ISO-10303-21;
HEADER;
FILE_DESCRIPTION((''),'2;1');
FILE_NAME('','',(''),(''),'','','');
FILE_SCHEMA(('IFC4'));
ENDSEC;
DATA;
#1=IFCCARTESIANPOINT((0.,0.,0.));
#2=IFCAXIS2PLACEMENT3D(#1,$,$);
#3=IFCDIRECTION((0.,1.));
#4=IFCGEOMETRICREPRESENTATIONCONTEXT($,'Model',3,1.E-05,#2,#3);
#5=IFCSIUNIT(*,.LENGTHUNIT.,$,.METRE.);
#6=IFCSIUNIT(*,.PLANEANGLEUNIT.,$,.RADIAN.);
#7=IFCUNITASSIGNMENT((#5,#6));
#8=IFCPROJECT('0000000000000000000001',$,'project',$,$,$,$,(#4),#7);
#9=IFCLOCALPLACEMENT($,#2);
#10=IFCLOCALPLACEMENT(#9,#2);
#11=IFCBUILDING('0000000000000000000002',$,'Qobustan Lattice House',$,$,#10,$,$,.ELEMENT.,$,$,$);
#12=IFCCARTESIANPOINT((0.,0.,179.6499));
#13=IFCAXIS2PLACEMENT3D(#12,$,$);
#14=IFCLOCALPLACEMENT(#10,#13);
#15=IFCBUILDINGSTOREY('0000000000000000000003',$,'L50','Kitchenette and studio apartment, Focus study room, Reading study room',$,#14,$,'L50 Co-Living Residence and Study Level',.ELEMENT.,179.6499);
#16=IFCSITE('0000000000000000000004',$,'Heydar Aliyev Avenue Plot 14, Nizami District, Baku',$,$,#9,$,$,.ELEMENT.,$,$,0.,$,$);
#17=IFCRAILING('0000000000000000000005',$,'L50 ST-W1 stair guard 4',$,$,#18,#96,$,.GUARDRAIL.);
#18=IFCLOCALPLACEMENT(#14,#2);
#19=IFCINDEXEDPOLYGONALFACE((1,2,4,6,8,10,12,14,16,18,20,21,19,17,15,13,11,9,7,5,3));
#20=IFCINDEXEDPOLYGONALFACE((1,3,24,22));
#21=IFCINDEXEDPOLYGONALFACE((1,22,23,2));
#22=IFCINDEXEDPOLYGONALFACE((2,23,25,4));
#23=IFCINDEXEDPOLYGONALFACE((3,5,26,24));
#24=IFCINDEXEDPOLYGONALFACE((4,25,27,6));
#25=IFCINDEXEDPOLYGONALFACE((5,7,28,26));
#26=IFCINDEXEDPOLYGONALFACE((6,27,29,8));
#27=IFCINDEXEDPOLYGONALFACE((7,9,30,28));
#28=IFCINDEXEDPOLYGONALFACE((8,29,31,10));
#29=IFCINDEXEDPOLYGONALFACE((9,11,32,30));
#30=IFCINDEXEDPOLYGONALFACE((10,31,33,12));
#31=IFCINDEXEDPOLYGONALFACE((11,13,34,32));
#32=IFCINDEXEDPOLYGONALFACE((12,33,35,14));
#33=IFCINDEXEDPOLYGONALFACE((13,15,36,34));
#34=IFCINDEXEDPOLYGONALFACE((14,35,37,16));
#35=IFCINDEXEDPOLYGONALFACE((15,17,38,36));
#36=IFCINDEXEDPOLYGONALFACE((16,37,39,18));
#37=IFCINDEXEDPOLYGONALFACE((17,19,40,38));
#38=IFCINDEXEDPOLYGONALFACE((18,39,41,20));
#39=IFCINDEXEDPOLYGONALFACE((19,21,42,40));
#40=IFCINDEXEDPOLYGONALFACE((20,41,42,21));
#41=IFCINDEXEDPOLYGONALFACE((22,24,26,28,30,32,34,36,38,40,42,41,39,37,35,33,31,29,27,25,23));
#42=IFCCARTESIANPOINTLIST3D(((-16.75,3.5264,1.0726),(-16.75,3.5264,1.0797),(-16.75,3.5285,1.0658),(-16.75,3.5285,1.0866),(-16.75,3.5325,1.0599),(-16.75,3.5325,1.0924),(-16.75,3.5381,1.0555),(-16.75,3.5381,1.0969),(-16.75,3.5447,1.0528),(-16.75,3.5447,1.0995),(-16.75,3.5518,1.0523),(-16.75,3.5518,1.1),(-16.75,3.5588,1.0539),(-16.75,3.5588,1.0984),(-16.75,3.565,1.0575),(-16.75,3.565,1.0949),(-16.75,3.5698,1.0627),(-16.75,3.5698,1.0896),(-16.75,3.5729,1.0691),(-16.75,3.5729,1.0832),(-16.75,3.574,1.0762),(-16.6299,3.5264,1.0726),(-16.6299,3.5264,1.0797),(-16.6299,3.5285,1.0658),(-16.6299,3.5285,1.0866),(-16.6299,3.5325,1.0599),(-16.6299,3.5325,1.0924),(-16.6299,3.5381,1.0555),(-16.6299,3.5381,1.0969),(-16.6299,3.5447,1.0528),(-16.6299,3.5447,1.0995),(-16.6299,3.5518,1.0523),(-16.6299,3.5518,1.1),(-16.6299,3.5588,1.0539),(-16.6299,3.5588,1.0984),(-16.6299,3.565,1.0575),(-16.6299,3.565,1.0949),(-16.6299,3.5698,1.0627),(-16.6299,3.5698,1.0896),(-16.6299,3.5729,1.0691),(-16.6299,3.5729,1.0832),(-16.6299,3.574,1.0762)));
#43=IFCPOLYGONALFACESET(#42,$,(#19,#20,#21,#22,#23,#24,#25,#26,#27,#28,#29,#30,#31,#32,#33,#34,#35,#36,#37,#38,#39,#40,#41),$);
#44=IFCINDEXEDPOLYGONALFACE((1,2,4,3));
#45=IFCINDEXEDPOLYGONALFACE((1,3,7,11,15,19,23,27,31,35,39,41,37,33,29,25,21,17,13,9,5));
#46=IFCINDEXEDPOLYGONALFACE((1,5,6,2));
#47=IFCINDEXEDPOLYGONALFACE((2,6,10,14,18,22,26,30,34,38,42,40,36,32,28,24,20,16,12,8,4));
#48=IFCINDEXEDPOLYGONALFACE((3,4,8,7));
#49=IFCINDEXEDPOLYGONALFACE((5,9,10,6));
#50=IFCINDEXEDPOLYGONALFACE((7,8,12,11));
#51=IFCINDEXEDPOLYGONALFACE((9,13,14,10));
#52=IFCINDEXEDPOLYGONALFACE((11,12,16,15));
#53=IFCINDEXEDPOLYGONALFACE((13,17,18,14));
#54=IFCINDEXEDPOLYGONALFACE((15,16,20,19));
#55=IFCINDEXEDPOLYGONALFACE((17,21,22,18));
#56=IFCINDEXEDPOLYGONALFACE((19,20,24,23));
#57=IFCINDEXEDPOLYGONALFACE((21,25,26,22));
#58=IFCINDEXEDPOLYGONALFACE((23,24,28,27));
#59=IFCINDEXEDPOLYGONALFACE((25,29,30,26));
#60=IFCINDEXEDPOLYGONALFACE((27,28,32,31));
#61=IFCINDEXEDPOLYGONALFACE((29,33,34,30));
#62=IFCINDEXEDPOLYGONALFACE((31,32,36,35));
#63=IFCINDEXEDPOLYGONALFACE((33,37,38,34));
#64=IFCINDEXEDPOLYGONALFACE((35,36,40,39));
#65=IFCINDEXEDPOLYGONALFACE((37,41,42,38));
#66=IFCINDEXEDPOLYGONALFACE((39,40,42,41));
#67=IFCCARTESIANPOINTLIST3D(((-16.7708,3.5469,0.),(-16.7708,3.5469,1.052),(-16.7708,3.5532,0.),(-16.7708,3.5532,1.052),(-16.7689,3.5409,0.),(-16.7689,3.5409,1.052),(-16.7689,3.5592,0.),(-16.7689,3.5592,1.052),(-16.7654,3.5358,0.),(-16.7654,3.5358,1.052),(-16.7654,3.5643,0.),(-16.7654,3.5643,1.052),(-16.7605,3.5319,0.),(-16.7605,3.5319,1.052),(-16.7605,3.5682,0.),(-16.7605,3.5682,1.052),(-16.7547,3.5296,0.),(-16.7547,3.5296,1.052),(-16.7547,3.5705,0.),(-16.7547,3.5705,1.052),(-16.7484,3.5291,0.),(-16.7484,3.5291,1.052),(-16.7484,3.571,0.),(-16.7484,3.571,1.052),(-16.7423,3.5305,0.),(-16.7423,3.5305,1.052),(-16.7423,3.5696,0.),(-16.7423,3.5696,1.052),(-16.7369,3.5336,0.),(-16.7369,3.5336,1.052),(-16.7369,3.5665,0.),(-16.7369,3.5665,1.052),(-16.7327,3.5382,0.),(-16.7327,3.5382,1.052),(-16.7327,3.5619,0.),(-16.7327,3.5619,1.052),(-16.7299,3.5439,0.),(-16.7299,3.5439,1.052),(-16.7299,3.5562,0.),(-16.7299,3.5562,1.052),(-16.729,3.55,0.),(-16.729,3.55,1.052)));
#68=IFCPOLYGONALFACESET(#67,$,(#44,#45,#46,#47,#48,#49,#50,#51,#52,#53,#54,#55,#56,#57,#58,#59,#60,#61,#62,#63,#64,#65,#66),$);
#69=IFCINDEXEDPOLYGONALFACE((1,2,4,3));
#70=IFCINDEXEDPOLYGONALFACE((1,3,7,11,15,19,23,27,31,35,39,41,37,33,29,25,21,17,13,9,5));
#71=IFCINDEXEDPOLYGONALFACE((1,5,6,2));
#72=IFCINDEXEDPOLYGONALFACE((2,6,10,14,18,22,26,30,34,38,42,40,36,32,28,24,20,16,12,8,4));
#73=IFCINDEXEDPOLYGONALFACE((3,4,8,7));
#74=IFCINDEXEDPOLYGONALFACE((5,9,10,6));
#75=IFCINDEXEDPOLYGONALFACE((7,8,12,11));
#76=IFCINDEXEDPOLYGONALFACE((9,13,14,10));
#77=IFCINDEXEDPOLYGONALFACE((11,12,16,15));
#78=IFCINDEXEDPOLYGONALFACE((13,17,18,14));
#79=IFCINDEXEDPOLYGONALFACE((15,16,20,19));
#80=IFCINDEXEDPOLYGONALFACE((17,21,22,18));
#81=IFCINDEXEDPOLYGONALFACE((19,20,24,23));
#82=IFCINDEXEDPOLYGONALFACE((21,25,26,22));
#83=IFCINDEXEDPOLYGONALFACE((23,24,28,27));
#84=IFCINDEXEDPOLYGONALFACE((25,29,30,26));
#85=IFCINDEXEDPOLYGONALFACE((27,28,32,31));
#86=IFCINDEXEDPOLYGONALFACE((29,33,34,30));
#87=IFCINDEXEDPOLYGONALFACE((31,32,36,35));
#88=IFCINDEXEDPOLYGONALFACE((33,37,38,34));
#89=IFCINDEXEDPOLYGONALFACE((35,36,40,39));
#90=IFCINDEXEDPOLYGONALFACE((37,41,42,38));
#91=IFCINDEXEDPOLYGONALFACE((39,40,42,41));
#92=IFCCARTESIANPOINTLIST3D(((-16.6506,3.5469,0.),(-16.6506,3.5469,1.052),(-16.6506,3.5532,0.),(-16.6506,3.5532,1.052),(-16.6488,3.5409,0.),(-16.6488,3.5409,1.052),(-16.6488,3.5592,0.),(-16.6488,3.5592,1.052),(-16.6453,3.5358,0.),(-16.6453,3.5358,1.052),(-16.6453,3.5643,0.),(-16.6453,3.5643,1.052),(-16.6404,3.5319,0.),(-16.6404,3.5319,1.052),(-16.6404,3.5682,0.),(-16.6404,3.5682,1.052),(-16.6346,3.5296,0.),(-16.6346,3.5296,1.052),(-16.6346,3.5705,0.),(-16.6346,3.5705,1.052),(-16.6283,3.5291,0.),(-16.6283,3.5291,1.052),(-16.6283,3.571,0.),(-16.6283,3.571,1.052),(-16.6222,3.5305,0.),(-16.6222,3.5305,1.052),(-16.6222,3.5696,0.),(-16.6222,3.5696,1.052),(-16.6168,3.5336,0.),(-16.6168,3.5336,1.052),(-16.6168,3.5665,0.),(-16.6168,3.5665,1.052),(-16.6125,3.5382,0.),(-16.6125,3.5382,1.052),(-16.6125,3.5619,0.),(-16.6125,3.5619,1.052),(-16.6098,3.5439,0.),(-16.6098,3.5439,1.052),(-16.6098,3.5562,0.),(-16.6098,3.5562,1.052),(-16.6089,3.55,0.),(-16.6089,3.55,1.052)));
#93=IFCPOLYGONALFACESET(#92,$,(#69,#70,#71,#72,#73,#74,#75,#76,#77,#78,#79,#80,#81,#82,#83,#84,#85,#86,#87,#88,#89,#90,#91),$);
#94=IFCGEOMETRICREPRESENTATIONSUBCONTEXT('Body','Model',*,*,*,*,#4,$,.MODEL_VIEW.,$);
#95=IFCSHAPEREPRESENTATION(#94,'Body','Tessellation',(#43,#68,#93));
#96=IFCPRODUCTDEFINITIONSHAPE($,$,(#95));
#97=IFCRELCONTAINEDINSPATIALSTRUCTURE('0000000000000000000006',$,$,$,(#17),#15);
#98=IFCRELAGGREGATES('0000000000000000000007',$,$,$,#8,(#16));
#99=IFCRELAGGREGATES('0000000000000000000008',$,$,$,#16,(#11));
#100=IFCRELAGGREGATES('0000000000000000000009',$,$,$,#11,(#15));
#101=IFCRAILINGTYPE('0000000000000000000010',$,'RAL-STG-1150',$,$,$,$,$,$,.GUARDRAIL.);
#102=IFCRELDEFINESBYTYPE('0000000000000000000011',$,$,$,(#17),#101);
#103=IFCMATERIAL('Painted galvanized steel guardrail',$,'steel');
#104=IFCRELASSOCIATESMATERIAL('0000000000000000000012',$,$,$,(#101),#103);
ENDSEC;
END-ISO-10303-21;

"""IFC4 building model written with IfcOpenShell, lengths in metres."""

from ifc_helpers import new_model, si_unit, direction, frame, origin, origin_2d, place, context, subcontext, project, spatial, circle, extrude, material, type_object, element, save


model = new_model("IFC4")

# Units and contexts
model_context = context("Model", 3, precision=1e-05, world=origin(), true_north=direction((0.0, 1.0)))
body_context = subcontext(model_context, "Body", "Model", "MODEL_VIEW")
ifc_project = project(units=[si_unit("LENGTHUNIT", "METRE"), si_unit("PLANEANGLEUNIT", "RADIAN")], contexts=[model_context])

# Site, building, storey
site_placement = place(None, origin())
site = spatial("IfcSite", under=ifc_project, at=site_placement, Name="Heydar Aliyev Avenue Plot 14, Nizami District, Baku", CompositionType="ELEMENT", RefElevation=0.0)
building_placement = place(site_placement, origin())
building = spatial("IfcBuilding", under=site, at=building_placement, Name="Qobustan Lattice House", CompositionType="ELEMENT")
storey_placement = place(building_placement, frame((0.0, 0.0, 179.6499)))
storey = spatial("IfcBuildingStorey", under=building, at=storey_placement, Name="L50", Description="Kitchenette and studio apartment, Focus study room, Reading study room", LongName="L50 Co-Living Residence and Study Level", CompositionType="ELEMENT", Elevation=179.6499)

# Railing
ifc_material_1 = material(Name="Painted galvanized steel guardrail", Category="steel")
railing_type_1 = type_object("IfcRailingType", Name="RAL-STG-1150", PredefinedType="GUARDRAIL", material=ifc_material_1)
railing_1_placement = place(storey_placement, frame((-16.75, 3.55, 0.0)))
element("IfcRailing", 1, at=railing_1_placement, inside=storey, type_object=railing_type_1, Name="L50 ST-W1 stair guard 4", PredefinedType="GUARDRAIL", context=body_context, shape_type="SweptSolid", body=[
    extrude(circle(Radius=0.0239, at=origin_2d()), frame((0.0, 0.0, 1.0762), z_axis=(1.0, 0.0, 0.0), x_axis=(0.0, 1.0, 0.0)), (0.0, 0.0, 1.0), 0.1201),
    extrude(circle(Radius=0.021, at=origin_2d()), origin(), (0.0, 0.0, 1.0), 1.052),
    extrude(circle(Radius=0.021, at=origin_2d()), frame((0.1201, 0.0, 0.0)), (0.0, 0.0, 1.0), 1.052),
])

save(model, "model.ifc")
